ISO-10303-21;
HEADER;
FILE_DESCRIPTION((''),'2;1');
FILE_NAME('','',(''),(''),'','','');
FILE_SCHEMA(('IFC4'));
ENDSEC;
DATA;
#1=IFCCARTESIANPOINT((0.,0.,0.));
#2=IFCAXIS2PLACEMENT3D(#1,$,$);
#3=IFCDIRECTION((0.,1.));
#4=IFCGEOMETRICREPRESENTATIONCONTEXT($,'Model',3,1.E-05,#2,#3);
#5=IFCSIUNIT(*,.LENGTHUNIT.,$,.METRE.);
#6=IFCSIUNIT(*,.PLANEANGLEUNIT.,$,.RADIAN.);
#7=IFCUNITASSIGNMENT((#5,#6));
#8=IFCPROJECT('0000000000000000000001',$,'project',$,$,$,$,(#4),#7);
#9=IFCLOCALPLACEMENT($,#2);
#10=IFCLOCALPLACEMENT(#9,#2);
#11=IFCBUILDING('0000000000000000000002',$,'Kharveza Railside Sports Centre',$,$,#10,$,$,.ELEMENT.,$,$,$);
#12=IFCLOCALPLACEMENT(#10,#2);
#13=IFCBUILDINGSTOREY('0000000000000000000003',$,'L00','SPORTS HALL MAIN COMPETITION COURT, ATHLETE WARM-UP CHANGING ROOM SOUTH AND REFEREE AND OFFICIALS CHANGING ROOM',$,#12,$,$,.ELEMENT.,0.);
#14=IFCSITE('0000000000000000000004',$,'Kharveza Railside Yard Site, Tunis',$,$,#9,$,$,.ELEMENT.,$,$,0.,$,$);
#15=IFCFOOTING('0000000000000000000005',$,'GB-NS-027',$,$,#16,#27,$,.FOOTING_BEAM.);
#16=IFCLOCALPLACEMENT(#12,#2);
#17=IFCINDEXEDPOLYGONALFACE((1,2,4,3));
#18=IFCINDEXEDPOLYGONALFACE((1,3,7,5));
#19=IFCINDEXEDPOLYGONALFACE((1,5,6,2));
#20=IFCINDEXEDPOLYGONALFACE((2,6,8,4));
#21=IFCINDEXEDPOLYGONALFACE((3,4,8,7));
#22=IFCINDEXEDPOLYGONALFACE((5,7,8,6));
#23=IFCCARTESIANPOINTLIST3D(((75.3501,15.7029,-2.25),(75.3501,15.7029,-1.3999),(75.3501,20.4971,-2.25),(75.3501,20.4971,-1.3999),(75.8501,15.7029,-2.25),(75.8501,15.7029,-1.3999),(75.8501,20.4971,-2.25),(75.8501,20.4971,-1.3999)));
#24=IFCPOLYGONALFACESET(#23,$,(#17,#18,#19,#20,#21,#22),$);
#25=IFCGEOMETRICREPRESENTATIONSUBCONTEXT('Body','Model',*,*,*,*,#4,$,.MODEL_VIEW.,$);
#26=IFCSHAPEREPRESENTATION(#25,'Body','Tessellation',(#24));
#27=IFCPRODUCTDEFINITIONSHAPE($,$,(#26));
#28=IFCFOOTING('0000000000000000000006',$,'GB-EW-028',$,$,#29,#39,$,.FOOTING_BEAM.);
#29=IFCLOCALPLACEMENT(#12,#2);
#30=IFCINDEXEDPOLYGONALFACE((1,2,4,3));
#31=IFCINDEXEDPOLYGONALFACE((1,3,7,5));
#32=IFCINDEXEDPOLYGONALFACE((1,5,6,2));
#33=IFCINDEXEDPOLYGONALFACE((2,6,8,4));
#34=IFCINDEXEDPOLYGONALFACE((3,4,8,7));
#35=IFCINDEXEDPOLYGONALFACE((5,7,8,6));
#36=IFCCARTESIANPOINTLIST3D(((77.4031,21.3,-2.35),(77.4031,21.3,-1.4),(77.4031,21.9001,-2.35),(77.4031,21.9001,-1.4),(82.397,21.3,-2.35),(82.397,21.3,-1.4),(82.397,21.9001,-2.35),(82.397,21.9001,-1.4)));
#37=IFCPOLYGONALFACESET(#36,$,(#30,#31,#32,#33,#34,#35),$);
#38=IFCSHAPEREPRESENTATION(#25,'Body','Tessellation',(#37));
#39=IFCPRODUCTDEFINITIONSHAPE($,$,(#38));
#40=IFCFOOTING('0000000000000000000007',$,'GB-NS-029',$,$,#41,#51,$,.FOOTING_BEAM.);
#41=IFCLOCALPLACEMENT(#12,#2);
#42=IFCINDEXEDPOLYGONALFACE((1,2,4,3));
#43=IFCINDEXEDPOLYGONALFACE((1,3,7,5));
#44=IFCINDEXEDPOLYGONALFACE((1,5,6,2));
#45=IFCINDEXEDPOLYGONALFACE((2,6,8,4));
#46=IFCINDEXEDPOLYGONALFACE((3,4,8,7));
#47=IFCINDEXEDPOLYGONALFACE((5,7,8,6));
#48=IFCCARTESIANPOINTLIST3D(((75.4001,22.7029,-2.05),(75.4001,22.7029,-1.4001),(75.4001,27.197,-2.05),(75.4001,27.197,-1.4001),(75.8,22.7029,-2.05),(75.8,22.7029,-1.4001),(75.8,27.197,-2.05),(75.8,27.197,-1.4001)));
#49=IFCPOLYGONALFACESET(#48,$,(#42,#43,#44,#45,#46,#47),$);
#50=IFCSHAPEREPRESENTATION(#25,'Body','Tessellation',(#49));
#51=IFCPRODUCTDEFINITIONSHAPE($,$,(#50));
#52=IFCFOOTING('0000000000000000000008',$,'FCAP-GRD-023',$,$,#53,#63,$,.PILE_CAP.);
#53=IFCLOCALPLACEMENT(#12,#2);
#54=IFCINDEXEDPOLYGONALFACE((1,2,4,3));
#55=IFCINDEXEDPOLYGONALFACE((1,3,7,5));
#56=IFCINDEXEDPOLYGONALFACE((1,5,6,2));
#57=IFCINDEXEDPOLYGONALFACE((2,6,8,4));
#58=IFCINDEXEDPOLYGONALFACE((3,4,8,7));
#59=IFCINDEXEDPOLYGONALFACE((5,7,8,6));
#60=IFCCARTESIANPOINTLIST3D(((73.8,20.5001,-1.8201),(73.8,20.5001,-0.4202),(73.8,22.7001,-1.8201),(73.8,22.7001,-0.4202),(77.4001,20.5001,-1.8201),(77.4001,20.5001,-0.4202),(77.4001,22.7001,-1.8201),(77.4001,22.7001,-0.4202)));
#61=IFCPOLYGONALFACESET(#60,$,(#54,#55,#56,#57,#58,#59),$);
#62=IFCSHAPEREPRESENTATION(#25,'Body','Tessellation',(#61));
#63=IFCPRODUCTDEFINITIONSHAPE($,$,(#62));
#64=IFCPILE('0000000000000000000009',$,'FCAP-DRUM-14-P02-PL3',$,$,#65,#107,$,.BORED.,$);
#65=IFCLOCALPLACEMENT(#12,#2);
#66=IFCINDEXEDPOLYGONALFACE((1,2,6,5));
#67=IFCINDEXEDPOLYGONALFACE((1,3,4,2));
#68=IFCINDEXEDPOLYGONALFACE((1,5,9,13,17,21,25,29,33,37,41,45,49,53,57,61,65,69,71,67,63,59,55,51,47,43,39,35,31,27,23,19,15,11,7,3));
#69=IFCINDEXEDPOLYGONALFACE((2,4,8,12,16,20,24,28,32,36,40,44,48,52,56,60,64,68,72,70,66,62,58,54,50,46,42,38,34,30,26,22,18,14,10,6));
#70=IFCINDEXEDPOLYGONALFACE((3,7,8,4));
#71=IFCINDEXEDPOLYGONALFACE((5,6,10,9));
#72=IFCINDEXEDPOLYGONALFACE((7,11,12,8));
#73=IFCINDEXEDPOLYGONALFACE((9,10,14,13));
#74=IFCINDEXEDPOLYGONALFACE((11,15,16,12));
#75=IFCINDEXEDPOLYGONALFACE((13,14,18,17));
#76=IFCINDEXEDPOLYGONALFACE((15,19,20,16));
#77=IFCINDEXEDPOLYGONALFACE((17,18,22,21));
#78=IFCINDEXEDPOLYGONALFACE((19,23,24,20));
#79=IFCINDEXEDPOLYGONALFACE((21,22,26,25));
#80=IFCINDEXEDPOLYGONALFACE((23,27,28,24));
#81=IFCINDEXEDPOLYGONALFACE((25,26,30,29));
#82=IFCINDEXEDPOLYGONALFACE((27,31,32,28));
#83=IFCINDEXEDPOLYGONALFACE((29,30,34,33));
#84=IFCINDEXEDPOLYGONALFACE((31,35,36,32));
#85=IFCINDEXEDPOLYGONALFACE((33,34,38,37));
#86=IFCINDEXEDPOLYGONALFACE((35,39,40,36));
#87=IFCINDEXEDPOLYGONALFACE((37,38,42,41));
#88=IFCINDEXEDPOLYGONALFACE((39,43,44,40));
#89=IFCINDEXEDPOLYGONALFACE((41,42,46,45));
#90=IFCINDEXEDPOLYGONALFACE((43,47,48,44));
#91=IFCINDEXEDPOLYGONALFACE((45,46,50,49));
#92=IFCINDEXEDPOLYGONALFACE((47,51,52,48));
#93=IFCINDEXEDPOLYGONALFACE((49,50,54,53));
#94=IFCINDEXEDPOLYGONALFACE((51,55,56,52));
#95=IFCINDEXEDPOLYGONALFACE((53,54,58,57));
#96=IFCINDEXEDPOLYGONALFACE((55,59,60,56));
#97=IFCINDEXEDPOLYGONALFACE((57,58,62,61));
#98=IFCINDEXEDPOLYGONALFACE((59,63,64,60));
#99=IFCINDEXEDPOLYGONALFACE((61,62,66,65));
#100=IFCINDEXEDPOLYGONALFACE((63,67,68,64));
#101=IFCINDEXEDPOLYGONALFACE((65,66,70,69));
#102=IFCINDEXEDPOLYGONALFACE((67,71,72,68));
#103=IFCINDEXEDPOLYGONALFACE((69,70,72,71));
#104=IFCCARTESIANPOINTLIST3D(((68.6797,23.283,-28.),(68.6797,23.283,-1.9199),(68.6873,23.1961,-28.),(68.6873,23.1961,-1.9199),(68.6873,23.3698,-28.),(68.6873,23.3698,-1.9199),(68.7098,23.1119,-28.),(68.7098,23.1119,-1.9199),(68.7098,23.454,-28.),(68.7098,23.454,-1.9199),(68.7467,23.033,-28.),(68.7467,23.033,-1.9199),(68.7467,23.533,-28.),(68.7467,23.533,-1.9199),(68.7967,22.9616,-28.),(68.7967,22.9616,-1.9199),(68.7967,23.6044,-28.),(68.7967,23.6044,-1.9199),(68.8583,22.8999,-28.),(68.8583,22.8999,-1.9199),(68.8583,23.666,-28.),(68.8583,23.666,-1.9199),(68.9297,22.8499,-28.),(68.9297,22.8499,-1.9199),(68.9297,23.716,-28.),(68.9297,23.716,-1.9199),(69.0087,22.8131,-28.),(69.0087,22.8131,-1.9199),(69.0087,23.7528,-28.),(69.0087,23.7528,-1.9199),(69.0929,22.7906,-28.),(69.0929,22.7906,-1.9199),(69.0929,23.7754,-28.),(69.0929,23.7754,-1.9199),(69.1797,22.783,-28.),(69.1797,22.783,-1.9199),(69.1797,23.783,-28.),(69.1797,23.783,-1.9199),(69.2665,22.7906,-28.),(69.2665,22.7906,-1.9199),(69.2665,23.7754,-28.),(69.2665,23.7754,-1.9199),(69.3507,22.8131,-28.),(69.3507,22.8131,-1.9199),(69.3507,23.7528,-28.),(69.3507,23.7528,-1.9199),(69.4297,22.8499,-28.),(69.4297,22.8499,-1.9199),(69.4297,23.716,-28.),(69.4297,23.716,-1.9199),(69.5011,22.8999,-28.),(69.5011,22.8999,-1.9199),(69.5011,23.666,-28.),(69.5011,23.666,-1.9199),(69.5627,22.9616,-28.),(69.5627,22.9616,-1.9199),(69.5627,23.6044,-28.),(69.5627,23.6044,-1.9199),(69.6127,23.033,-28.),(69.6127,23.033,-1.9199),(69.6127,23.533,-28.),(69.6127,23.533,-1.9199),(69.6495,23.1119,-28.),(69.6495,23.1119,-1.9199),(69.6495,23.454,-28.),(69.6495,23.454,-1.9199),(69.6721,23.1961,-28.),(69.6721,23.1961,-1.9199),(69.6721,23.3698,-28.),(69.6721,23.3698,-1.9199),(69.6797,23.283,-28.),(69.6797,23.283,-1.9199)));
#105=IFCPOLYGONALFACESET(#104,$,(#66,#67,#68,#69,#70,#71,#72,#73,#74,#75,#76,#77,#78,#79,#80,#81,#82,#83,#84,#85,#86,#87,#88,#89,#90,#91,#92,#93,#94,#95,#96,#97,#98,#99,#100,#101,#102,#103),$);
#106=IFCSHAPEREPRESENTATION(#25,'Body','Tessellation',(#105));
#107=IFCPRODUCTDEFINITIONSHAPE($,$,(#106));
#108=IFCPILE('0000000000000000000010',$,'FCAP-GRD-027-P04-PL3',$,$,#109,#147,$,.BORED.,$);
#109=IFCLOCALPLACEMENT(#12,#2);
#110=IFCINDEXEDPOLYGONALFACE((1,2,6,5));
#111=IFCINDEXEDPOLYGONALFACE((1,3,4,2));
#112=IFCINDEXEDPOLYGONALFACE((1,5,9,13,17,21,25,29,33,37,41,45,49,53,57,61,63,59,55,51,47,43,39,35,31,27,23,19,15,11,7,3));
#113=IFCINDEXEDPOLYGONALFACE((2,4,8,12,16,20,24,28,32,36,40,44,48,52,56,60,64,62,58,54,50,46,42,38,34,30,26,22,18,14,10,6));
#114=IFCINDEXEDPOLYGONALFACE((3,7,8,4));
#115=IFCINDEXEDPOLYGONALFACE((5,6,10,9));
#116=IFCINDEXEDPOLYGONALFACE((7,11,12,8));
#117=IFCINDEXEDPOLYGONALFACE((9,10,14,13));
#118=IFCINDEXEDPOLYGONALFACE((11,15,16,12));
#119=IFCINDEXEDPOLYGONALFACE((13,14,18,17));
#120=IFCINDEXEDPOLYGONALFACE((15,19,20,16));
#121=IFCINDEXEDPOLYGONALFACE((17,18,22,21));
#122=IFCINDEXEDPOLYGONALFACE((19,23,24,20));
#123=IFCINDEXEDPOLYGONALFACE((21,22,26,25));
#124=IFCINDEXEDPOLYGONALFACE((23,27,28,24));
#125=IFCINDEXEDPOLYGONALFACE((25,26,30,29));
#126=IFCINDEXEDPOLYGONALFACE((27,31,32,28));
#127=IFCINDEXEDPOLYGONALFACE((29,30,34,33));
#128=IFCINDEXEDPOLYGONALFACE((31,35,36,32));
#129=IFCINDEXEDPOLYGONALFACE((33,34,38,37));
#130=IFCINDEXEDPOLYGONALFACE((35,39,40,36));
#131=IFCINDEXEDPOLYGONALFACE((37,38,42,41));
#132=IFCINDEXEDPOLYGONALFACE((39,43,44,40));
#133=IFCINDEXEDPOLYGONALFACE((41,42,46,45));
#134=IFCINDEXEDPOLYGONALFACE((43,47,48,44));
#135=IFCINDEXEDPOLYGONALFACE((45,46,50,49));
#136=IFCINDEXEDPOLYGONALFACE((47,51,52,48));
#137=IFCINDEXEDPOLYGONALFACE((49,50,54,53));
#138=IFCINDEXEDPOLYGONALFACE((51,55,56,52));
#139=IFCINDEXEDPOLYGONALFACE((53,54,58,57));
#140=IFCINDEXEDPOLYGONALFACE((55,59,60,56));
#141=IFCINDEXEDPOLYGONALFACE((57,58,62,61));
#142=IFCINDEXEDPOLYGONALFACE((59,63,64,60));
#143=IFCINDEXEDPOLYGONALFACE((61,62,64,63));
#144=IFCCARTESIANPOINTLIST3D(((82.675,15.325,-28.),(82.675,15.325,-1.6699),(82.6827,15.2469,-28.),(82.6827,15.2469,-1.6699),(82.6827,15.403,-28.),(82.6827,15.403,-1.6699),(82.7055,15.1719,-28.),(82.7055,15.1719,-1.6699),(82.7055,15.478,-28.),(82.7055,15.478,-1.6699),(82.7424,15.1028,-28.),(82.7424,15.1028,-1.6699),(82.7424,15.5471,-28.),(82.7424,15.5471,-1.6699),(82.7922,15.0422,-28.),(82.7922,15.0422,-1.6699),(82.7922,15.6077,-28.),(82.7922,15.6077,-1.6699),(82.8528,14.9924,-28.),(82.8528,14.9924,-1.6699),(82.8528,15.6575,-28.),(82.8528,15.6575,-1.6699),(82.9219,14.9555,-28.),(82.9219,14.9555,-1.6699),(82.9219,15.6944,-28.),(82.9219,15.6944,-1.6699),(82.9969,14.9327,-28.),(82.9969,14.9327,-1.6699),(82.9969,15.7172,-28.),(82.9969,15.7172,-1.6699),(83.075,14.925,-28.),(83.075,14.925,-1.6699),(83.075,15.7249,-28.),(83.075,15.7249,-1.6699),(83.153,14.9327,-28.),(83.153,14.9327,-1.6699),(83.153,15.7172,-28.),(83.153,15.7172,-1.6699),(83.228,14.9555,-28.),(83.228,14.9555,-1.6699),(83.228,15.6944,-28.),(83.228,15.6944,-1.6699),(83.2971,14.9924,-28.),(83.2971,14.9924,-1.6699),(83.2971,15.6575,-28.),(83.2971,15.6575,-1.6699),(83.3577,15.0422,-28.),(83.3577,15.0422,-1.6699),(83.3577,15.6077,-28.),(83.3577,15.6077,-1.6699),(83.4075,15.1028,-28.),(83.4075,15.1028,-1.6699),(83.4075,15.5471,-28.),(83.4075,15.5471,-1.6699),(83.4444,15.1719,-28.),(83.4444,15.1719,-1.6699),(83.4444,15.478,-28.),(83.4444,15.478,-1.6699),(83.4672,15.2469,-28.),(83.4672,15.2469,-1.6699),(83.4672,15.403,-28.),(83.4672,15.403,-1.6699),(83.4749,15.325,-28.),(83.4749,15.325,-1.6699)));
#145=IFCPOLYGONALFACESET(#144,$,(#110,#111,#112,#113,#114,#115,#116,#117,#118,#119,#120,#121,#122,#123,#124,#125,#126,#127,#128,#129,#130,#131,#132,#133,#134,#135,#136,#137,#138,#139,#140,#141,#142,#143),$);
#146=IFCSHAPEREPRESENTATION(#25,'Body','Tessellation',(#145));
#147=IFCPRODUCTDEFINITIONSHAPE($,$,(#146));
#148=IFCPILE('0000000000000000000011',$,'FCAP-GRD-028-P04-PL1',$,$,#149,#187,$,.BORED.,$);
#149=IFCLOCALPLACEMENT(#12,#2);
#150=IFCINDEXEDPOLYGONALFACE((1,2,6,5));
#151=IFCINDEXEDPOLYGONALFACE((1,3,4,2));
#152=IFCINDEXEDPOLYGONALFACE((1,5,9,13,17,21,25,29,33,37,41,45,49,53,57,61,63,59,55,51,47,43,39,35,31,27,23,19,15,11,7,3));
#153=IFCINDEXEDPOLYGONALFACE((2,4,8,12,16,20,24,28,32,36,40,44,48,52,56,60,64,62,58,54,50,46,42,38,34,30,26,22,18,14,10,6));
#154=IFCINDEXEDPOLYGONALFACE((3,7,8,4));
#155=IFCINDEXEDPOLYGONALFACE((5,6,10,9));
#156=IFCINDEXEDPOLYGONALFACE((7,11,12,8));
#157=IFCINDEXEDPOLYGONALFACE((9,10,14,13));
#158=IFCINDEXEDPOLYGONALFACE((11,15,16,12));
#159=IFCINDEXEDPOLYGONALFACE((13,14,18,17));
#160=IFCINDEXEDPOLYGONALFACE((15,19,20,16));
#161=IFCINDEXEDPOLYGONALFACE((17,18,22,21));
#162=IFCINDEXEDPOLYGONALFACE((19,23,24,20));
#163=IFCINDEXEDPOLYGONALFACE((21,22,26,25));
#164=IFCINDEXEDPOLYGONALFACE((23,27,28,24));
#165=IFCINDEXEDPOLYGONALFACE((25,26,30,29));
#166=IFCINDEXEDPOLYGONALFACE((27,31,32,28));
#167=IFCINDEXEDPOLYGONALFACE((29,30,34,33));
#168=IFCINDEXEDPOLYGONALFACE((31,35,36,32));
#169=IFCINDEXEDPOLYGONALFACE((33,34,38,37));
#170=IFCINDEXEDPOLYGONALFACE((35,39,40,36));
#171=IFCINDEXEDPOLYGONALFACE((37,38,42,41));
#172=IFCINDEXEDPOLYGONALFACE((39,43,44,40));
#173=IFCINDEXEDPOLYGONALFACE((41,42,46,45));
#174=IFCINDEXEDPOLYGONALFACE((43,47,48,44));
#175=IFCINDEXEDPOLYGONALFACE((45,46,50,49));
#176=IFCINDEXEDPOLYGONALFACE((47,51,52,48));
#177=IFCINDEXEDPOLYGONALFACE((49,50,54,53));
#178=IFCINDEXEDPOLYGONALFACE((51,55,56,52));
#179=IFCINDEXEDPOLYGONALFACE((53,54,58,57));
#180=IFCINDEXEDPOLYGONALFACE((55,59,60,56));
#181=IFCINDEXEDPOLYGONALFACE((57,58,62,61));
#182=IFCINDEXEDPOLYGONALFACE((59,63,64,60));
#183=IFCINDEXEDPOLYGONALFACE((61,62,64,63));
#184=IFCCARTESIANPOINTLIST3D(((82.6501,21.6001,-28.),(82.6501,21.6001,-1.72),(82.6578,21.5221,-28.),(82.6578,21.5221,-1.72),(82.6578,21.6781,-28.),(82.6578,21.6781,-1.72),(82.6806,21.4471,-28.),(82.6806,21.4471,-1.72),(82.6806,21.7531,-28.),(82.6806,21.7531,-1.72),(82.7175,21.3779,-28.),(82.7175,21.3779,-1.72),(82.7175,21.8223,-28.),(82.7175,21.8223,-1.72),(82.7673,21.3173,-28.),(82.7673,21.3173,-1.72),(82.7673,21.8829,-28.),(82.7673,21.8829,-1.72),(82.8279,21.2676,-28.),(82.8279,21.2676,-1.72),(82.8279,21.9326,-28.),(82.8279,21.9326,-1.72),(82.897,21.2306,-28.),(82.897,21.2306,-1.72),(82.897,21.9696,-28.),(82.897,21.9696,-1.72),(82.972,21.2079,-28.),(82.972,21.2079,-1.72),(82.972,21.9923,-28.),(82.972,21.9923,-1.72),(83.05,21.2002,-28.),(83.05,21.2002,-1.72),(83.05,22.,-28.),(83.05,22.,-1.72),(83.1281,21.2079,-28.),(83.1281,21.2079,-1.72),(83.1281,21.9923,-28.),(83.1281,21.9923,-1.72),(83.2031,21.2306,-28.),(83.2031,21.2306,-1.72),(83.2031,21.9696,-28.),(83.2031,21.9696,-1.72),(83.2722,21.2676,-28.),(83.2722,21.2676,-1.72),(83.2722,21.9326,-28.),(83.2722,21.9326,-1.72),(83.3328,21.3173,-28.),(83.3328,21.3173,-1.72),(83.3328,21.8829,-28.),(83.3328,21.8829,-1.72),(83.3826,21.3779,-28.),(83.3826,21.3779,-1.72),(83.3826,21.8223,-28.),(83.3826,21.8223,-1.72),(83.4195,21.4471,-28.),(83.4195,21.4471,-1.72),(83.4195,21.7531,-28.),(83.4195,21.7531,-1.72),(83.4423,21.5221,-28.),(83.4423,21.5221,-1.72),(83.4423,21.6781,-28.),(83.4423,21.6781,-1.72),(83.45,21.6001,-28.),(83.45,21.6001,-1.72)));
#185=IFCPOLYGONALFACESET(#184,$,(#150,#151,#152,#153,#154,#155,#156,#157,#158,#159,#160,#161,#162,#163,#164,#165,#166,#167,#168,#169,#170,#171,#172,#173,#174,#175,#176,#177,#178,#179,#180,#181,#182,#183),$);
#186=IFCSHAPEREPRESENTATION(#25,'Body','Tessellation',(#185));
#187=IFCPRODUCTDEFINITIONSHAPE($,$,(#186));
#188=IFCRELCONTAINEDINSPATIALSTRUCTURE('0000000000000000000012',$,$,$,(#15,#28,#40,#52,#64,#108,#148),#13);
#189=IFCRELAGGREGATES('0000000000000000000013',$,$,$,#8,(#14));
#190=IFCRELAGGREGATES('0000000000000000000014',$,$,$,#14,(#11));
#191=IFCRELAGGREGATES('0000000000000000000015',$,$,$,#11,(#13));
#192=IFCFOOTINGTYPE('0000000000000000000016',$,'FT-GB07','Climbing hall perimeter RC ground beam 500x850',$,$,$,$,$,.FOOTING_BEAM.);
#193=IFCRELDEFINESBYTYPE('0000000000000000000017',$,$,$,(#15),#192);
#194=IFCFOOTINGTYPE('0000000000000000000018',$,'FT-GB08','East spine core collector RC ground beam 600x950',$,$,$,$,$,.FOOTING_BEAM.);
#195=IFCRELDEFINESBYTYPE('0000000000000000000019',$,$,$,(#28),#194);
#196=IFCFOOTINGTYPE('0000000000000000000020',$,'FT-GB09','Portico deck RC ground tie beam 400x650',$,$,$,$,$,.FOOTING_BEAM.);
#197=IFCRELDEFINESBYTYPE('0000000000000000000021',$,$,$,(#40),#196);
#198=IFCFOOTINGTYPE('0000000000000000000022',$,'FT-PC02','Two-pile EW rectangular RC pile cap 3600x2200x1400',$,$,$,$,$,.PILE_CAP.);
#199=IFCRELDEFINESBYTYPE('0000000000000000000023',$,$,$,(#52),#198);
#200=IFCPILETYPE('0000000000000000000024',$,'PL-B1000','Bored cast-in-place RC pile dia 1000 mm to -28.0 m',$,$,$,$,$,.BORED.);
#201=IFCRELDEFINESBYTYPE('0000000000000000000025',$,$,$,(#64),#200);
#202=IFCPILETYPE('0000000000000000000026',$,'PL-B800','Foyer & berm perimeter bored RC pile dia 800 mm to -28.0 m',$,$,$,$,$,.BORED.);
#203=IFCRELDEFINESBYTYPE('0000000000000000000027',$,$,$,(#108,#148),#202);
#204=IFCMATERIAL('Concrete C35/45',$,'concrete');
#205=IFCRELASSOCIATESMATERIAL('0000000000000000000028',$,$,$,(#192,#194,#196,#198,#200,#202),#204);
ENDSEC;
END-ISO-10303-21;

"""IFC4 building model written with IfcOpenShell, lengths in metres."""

from ifc_helpers import new_model, si_unit, direction, frame, origin, origin_2d, place, context, subcontext, project, spatial, rectangle, circle, extrude, material, material_profile, profile_set, type_object, element, save


model = new_model("IFC4")

# Units and contexts
model_context = context("Model", 3, precision=1e-05, world=origin(), true_north=direction((0.0, 1.0)))
body_context = subcontext(model_context, "Body", "Model", "MODEL_VIEW")
ifc_project = project(units=[si_unit("LENGTHUNIT", "METRE"), si_unit("PLANEANGLEUNIT", "RADIAN")], contexts=[model_context])

# Site, building, storey
site_placement = place(None, origin())
site = spatial("IfcSite", under=ifc_project, at=site_placement, Name="Kharveza Railside Yard Site, Tunis", CompositionType="ELEMENT", RefElevation=0.0)
building_placement = place(site_placement, origin())
building = spatial("IfcBuilding", under=site, at=building_placement, Name="Kharveza Railside Sports Centre", CompositionType="ELEMENT")
storey_placement = place(building_placement, origin())
storey = spatial("IfcBuildingStorey", under=building, at=storey_placement, Name="L00", Description="SPORTS HALL MAIN COMPETITION COURT, ATHLETE WARM-UP CHANGING ROOM SOUTH AND REFEREE AND OFFICIALS CHANGING ROOM", CompositionType="ELEMENT", Elevation=0.0)

# Footings
ifc_material_1 = material(Name="Concrete C35/45", Category="concrete")
ifc_material_profile_1 = material_profile(ifc_material_1, rectangle(XDim=0.5, YDim=0.8501, at=origin_2d()), Name="GB 500x850")
ifc_profile_set_1 = profile_set([ifc_material_profile_1], Name="Concrete C35/45")
footing_type_1 = type_object("IfcFootingType", Name="FT-GB07", Description="Climbing hall perimeter RC ground beam 500x850", PredefinedType="FOOTING_BEAM", material=ifc_profile_set_1)
footing_1_placement = place(storey_placement, frame((75.6001, 15.7029, -1.825), z_axis=(0.0, 1.0, 0.0), x_axis=(-1.0, 0.0, 0.0)))
element("IfcFooting", 1, at=footing_1_placement, inside=storey, type_object=footing_type_1, Name="GB-NS-027", PredefinedType="FOOTING_BEAM", context=body_context, shape_type="SweptSolid", body=[
    extrude(rectangle(XDim=0.5, YDim=0.8501, at=origin_2d()), origin(), (0.0, 0.0, 1.0), 4.7942),
])
ifc_material_profile_2 = material_profile(ifc_material_1, rectangle(XDim=0.6001, YDim=0.95, at=origin_2d()), Name="GB 600x950")
ifc_profile_set_2 = profile_set([ifc_material_profile_2], Name="Concrete C35/45")
footing_type_2 = type_object("IfcFootingType", Name="FT-GB08", Description="East spine core collector RC ground beam 600x950", PredefinedType="FOOTING_BEAM", material=ifc_profile_set_2)
footing_2_placement = place(storey_placement, frame((77.4031, 21.6001, -1.875), z_axis=(1.0, 0.0, 0.0), x_axis=(0.0, 1.0, 0.0)))
element("IfcFooting", 2, at=footing_2_placement, inside=storey, type_object=footing_type_2, Name="GB-EW-028", PredefinedType="FOOTING_BEAM", context=body_context, shape_type="SweptSolid", body=[
    extrude(rectangle(XDim=0.6001, YDim=0.95, at=origin_2d()), origin(), (0.0, 0.0, 1.0), 4.9939),
])
ifc_material_profile_3 = material_profile(ifc_material_1, rectangle(XDim=0.3999, YDim=0.6499, at=origin_2d()), Name="GB 400x650")
ifc_profile_set_3 = profile_set([ifc_material_profile_3], Name="Concrete C35/45")
footing_type_3 = type_object("IfcFootingType", Name="FT-GB09", Description="Portico deck RC ground tie beam 400x650", PredefinedType="FOOTING_BEAM", material=ifc_profile_set_3)
footing_3_placement = place(storey_placement, frame((75.6001, 22.7029, -1.7251), z_axis=(0.0, 1.0, 0.0), x_axis=(-1.0, 0.0, 0.0)))
element("IfcFooting", 3, at=footing_3_placement, inside=storey, type_object=footing_type_3, Name="GB-NS-029", PredefinedType="FOOTING_BEAM", context=body_context, shape_type="SweptSolid", body=[
    extrude(rectangle(XDim=0.3999, YDim=0.6499, at=origin_2d()), origin(), (0.0, 0.0, 1.0), 4.4941),
])
footing_type_4 = type_object("IfcFootingType", Name="FT-PC02", Description="Two-pile EW rectangular RC pile cap 3600x2200x1400", PredefinedType="PILE_CAP", material=ifc_material_1)
footing_4_placement = place(storey_placement, frame((75.6001, 21.6001, -1.8201), z_axis=(0.0, 0.0, 1.0), x_axis=(1.0, 0.0, 0.0)))
element("IfcFooting", 4, at=footing_4_placement, inside=storey, type_object=footing_type_4, Name="FCAP-GRD-023", PredefinedType="PILE_CAP", context=body_context, shape_type="SweptSolid", body=[
    extrude(rectangle(XDim=3.6001, YDim=2.2, at=origin_2d()), origin(), (0.0, 0.0, 1.0), 1.3999),
])

# Piles
ifc_material_profile_4 = material_profile(ifc_material_1, circle(Radius=0.5, at=origin_2d()), Name="PILE D1000")
ifc_profile_set_4 = profile_set([ifc_material_profile_4], Name="Concrete C35/45")
pile_type_1 = type_object("IfcPileType", Name="PL-B1000", Description="Bored cast-in-place RC pile dia 1000 mm to -28.0 m", PredefinedType="BORED", material=ifc_profile_set_4)
pile_1_placement = place(storey_placement, frame((69.1797, 23.283, -1.9199), z_axis=(0.0, 0.0, -1.0), x_axis=(1.0, 0.0, 0.0)))
element("IfcPile", 5, at=pile_1_placement, inside=storey, type_object=pile_type_1, Name="FCAP-DRUM-14-P02-PL3", PredefinedType="BORED", context=body_context, shape_type="SweptSolid", body=[
    extrude(circle(Radius=0.5, at=origin_2d()), origin(), (0.0, 0.0, 1.0), 26.0801),
])
ifc_material_profile_5 = material_profile(ifc_material_1, circle(Radius=0.3999, at=origin_2d()), Name="PILE D800")
ifc_profile_set_5 = profile_set([ifc_material_profile_5], Name="Concrete C35/45")
pile_type_2 = type_object("IfcPileType", Name="PL-B800", Description="Foyer & berm perimeter bored RC pile dia 800 mm to -28.0 m", PredefinedType="BORED", material=ifc_profile_set_5)
pile_2_placement = place(storey_placement, frame((83.075, 15.325, -1.6699), z_axis=(0.0, 0.0, -1.0), x_axis=(1.0, 0.0, 0.0)))
element("IfcPile", 6, at=pile_2_placement, inside=storey, type_object=pile_type_2, Name="FCAP-GRD-027-P04-PL3", PredefinedType="BORED", context=body_context, shape_type="SweptSolid", body=[
    extrude(circle(Radius=0.3999, at=origin_2d()), origin(), (0.0, 0.0, 1.0), 26.3301),
])
pile_3_placement = place(storey_placement, frame((83.05, 21.6001, -1.72), z_axis=(0.0, 0.0, -1.0), x_axis=(1.0, 0.0, 0.0)))
element("IfcPile", 7, at=pile_3_placement, inside=storey, type_object=pile_type_2, Name="FCAP-GRD-028-P04-PL1", PredefinedType="BORED", context=body_context, shape_type="SweptSolid", body=[
    extrude(circle(Radius=0.3999, at=origin_2d()), origin(), (0.0, 0.0, 1.0), 26.28),
])

save(model, "model.ifc")
